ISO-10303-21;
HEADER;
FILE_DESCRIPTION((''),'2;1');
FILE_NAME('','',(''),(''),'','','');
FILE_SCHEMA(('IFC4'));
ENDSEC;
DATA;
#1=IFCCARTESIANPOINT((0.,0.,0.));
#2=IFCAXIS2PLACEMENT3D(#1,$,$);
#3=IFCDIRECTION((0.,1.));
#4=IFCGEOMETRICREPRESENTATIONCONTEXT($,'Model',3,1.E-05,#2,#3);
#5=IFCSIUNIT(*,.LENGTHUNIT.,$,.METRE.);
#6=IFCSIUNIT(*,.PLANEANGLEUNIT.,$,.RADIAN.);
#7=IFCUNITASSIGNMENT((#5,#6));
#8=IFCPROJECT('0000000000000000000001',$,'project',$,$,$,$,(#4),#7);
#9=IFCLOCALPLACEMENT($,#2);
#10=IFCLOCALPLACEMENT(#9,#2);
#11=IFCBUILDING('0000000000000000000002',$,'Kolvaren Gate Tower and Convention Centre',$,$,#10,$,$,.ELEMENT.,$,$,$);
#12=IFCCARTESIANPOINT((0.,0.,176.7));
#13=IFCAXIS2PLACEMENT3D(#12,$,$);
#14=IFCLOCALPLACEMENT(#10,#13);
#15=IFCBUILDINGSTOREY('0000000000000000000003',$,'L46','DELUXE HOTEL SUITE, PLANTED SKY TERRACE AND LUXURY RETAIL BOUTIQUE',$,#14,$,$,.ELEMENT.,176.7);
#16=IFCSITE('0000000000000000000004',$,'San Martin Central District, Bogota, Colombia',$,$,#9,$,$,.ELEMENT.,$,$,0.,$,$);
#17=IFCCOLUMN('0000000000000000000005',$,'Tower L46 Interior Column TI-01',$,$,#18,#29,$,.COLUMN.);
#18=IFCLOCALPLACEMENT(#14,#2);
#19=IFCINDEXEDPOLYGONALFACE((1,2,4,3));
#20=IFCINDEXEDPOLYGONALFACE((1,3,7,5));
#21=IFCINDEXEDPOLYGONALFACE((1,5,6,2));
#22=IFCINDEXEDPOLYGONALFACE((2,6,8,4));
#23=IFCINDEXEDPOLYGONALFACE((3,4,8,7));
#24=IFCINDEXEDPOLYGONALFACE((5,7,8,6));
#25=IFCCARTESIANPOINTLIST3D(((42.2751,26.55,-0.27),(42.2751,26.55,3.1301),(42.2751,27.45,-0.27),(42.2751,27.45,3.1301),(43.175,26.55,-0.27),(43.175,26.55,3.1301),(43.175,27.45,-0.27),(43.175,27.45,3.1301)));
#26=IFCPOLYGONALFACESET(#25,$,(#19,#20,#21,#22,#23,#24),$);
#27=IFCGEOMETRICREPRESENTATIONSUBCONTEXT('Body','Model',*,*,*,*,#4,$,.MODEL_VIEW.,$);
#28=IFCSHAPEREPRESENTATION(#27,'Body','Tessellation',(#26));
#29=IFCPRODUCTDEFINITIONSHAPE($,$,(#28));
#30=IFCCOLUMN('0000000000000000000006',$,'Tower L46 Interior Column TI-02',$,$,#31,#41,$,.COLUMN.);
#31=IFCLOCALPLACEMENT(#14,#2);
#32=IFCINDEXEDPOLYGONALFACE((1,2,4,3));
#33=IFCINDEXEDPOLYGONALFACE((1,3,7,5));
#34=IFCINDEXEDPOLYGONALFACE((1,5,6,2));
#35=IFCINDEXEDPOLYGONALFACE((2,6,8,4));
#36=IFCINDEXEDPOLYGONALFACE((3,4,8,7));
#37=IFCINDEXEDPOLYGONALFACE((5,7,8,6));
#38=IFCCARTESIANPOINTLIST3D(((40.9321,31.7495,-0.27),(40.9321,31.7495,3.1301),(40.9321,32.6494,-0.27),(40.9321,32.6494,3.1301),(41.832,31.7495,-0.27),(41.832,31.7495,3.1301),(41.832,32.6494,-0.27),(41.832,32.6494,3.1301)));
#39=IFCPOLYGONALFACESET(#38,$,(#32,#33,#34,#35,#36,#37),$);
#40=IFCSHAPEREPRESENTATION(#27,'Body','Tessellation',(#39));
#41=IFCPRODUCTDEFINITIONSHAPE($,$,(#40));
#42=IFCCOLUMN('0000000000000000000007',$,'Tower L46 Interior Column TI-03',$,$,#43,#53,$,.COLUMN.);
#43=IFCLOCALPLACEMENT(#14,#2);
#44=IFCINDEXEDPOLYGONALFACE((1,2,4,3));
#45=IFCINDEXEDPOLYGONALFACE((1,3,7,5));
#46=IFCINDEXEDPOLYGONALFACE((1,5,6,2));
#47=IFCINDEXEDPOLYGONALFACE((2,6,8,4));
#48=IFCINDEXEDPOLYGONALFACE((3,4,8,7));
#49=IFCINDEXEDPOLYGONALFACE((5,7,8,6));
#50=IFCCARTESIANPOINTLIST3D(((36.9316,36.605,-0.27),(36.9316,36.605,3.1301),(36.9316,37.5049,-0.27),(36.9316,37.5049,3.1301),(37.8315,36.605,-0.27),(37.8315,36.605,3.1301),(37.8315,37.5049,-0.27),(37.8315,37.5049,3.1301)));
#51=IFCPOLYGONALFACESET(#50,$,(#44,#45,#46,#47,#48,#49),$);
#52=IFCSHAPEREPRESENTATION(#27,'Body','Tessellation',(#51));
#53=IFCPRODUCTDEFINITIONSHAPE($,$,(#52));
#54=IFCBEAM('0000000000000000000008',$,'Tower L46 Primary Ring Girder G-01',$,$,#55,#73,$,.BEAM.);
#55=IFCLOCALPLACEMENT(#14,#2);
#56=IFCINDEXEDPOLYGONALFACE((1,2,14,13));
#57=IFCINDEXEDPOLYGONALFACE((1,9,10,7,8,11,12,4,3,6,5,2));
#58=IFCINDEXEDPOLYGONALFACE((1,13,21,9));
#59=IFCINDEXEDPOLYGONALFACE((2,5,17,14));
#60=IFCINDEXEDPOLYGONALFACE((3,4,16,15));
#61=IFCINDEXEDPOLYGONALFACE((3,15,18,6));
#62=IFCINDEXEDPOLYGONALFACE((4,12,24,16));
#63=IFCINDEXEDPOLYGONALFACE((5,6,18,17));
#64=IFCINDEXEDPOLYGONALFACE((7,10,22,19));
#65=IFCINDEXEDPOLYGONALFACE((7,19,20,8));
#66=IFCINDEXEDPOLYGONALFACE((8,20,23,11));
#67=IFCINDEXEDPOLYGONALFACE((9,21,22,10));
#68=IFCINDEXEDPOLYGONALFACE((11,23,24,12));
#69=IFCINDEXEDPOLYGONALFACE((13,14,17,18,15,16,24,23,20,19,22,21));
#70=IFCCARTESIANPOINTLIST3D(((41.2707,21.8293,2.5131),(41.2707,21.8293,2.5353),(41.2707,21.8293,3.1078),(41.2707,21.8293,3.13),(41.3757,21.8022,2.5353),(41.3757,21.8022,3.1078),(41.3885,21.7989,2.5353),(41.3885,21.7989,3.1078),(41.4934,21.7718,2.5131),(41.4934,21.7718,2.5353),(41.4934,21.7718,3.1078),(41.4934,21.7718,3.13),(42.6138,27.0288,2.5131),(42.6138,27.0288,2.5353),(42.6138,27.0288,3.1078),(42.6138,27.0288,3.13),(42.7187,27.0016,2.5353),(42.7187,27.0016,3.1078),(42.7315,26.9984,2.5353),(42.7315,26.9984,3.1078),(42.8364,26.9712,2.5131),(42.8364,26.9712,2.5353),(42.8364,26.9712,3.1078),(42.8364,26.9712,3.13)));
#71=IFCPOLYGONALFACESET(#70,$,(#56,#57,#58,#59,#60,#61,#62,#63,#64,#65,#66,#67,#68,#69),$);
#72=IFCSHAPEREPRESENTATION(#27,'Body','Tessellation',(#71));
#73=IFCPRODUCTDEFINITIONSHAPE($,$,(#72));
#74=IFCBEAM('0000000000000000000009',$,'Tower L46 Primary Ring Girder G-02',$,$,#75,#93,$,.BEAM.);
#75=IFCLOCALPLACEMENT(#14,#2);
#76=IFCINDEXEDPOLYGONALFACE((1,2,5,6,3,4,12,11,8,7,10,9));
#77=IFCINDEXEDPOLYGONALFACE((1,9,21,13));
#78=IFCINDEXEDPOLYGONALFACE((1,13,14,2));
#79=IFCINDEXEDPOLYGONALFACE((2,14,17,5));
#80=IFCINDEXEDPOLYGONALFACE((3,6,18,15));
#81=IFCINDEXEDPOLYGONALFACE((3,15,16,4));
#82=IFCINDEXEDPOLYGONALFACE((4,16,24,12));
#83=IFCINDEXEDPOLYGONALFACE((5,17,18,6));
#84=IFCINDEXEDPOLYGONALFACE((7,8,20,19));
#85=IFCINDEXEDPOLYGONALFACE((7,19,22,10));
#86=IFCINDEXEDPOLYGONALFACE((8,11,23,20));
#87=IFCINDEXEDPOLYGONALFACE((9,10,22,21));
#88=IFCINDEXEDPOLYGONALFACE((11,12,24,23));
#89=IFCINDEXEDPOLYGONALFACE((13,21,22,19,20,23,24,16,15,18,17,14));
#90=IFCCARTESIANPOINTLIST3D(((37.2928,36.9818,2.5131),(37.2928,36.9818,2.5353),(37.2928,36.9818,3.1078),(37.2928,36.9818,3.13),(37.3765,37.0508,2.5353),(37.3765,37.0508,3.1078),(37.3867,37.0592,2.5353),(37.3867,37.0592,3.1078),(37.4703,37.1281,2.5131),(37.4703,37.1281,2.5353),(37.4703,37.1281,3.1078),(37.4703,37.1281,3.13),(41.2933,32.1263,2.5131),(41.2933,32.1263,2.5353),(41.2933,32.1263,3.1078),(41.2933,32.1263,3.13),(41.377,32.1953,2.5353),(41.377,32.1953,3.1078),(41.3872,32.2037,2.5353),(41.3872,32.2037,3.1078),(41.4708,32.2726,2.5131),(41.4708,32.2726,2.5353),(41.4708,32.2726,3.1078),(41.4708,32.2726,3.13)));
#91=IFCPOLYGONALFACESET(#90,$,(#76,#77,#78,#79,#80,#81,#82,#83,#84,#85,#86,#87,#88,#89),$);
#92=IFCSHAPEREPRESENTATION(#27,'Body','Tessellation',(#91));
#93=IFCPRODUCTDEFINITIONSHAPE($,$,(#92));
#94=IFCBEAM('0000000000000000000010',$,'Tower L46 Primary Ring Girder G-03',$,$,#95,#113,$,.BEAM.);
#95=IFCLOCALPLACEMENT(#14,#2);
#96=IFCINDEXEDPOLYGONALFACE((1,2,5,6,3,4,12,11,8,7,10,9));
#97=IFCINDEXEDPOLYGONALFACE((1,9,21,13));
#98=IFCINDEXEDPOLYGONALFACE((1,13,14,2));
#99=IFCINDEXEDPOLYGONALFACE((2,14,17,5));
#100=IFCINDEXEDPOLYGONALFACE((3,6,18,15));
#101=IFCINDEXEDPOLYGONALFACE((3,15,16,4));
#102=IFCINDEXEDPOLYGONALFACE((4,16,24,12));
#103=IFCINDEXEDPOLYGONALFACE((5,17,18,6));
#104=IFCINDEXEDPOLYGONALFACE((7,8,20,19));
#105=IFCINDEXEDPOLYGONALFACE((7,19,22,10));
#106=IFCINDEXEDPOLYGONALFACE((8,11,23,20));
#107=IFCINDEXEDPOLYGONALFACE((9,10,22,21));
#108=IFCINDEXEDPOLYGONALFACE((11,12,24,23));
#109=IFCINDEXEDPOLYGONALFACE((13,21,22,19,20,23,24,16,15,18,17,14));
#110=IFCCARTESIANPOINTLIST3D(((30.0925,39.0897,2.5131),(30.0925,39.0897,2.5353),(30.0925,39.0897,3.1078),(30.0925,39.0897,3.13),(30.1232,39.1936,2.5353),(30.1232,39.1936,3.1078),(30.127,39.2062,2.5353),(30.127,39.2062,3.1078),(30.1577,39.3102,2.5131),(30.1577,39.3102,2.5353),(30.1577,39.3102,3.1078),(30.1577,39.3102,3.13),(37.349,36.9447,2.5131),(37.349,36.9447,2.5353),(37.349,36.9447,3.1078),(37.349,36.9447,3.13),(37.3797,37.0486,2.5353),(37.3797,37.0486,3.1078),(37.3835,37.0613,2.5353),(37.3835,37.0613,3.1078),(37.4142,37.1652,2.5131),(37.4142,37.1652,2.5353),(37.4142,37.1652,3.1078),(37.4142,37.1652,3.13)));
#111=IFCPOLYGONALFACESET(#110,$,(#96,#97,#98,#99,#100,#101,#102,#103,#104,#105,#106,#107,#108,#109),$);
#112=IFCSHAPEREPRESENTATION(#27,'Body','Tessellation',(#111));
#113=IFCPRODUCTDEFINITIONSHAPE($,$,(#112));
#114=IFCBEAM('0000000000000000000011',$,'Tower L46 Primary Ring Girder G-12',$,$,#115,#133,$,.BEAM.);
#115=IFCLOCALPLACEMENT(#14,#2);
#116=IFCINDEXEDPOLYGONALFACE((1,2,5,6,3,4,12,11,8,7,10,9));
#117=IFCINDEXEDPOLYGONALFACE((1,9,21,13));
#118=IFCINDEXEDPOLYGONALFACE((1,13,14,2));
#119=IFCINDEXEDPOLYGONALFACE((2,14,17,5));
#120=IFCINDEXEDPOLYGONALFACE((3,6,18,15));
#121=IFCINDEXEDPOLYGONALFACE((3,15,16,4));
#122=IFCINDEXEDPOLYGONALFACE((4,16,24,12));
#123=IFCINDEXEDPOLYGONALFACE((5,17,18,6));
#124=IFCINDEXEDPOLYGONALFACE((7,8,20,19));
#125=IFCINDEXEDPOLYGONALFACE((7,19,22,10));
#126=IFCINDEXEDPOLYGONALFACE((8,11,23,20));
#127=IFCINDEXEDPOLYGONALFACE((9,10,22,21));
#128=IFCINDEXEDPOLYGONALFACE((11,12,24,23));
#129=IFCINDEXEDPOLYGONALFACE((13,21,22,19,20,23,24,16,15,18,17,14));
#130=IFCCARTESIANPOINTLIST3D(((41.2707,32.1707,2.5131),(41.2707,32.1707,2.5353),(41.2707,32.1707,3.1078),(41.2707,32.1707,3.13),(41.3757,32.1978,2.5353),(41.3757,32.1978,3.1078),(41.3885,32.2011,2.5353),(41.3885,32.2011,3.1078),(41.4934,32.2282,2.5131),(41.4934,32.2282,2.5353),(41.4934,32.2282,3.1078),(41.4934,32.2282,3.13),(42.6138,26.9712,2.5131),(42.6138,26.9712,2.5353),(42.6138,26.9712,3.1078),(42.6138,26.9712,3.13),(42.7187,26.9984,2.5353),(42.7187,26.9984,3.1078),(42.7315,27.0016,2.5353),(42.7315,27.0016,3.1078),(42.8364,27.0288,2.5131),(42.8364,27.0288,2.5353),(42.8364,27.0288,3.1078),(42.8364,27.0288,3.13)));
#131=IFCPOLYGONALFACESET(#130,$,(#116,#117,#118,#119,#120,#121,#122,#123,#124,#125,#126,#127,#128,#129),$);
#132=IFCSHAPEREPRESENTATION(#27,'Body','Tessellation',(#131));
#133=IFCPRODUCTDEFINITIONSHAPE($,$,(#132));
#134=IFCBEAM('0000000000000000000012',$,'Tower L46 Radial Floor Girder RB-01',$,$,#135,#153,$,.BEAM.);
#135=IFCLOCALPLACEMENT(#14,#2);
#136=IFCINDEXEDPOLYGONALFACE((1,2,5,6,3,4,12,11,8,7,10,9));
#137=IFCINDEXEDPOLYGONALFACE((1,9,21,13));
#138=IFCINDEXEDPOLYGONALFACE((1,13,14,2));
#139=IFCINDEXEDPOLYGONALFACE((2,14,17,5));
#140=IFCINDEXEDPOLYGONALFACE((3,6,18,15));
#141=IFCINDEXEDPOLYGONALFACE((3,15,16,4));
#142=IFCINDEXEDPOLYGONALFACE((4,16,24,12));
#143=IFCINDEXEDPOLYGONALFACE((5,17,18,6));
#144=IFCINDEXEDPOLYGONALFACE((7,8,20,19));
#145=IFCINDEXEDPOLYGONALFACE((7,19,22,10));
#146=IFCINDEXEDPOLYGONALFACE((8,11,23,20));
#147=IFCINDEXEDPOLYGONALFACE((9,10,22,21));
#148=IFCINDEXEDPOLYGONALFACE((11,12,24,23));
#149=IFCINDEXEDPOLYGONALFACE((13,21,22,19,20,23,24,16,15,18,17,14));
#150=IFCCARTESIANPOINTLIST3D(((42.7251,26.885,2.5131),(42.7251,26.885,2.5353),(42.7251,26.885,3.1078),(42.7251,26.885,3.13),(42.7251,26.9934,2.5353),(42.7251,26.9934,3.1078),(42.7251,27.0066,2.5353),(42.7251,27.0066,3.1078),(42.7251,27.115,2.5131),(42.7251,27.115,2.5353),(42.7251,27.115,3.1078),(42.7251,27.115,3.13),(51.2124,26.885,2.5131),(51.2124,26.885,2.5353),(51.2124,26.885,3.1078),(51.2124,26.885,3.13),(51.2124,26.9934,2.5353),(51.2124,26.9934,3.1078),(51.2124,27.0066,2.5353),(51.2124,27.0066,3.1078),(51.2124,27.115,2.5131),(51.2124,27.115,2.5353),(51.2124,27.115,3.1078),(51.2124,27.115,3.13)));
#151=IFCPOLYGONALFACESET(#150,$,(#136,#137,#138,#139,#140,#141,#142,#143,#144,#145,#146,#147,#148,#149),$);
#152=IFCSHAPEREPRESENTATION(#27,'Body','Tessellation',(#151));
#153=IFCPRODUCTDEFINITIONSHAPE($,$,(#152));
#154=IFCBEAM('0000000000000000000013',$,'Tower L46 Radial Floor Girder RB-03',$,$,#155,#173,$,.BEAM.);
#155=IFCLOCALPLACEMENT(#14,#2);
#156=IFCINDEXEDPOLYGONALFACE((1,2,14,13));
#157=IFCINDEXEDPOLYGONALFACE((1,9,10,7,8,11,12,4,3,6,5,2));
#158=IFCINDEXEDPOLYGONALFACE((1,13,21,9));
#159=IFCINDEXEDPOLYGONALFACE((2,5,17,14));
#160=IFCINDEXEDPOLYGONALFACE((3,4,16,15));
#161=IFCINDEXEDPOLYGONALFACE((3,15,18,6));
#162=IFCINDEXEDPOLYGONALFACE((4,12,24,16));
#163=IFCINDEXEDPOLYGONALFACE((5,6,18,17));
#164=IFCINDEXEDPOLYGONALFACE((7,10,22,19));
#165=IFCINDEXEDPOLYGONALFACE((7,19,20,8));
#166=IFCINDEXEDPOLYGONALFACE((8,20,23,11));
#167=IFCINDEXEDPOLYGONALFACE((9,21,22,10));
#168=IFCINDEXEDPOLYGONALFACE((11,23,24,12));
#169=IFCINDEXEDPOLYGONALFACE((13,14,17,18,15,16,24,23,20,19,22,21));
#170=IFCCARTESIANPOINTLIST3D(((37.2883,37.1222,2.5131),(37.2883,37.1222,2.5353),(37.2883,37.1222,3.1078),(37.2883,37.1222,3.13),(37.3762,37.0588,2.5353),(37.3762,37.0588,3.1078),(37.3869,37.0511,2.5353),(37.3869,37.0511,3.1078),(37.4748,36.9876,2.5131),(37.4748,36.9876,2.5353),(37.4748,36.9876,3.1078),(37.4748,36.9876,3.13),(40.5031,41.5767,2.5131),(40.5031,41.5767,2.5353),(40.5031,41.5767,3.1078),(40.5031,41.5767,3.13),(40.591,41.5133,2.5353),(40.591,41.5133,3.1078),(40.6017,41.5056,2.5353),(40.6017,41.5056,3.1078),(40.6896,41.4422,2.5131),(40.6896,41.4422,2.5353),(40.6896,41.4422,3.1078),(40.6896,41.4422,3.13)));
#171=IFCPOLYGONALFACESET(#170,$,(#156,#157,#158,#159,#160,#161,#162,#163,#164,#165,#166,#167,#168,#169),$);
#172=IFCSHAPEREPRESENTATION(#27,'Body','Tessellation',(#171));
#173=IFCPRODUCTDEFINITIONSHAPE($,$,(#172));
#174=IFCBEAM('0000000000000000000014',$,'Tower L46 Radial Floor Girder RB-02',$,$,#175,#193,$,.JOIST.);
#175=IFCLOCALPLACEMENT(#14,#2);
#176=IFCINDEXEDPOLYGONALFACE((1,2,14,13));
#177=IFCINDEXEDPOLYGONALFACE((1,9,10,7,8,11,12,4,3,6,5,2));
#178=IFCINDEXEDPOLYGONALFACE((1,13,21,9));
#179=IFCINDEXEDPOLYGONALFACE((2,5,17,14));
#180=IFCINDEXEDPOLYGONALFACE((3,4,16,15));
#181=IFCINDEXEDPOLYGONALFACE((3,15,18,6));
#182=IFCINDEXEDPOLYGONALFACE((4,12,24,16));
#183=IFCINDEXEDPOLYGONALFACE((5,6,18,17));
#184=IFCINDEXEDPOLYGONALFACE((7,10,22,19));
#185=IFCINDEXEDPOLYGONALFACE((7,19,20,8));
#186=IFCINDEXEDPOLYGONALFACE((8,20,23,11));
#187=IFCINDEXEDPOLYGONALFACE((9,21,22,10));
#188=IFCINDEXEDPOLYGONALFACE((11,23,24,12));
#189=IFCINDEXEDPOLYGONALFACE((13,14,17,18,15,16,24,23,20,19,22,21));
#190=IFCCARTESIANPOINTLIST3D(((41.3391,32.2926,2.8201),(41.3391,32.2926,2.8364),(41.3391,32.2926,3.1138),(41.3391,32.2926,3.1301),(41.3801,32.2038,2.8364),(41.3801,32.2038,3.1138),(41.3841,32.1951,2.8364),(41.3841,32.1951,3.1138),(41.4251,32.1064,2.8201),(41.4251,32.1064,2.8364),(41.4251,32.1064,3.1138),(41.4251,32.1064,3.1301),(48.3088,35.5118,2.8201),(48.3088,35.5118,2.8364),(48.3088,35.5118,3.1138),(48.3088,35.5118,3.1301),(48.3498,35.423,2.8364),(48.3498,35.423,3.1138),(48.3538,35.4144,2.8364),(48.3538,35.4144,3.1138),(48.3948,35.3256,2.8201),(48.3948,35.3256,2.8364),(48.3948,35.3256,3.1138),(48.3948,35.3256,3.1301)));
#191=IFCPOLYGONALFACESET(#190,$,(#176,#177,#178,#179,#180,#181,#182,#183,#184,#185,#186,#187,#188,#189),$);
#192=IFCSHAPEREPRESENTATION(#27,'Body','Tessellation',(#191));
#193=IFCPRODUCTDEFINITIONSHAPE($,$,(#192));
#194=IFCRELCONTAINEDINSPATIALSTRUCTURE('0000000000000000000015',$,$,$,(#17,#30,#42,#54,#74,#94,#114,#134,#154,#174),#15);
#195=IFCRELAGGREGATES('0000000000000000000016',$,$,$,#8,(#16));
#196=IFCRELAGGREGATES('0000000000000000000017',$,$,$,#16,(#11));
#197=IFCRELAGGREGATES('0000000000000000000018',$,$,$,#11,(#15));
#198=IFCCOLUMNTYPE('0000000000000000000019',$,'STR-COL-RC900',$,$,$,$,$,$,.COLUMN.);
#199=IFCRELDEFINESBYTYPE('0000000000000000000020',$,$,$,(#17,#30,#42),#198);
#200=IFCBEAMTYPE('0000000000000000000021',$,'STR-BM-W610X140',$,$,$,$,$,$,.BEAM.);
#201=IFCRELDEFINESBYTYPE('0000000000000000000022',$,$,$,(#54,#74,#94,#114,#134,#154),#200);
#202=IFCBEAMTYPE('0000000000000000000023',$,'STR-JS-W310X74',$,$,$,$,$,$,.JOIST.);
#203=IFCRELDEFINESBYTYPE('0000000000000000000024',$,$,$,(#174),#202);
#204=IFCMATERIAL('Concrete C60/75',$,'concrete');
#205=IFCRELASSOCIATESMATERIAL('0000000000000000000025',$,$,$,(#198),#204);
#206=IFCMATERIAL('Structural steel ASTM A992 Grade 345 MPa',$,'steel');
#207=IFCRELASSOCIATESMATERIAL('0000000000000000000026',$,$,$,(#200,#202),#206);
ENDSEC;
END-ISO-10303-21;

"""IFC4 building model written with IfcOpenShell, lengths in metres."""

from ifc_helpers import new_model, si_unit, direction, frame, origin, origin_2d, place, context, subcontext, project, spatial, rectangle, i_section, extrude, material, material_profile, profile_set, type_object, element, save


model = new_model("IFC4")

# Units and contexts
model_context = context("Model", 3, precision=1e-05, world=origin(), true_north=direction((0.0, 1.0)))
body_context = subcontext(model_context, "Body", "Model", "MODEL_VIEW")
ifc_project = project(units=[si_unit("LENGTHUNIT", "METRE"), si_unit("PLANEANGLEUNIT", "RADIAN")], contexts=[model_context])

# Site, building, storey
site_placement = place(None, origin())
site = spatial("IfcSite", under=ifc_project, at=site_placement, Name="San Martin Central District, Bogota, Colombia", CompositionType="ELEMENT", RefElevation=0.0)
building_placement = place(site_placement, origin())
building = spatial("IfcBuilding", under=site, at=building_placement, Name="Kolvaren Gate Tower and Convention Centre", CompositionType="ELEMENT")
storey_placement = place(building_placement, frame((0.0, 0.0, 176.7)))
storey = spatial("IfcBuildingStorey", under=building, at=storey_placement, Name="L46", Description="DELUXE HOTEL SUITE, PLANTED SKY TERRACE AND LUXURY RETAIL BOUTIQUE", CompositionType="ELEMENT", Elevation=176.7)

# Columns
ifc_material_1 = material(Name="Concrete C60/75", Category="concrete")
ifc_material_profile_1 = material_profile(ifc_material_1, rectangle(XDim=0.8999, YDim=0.8999, at=origin_2d()), Name="RC-COL-900X900")
ifc_profile_set_1 = profile_set([ifc_material_profile_1], Name="Concrete C60/75")
column_type = type_object("IfcColumnType", Name="STR-COL-RC900", PredefinedType="COLUMN", material=ifc_profile_set_1)
for number, where, z_axis, x_axis, name in (
    (1, (42.7251, 27.0, -0.27), (0.0, 0.0, 1.0), (1.0, 0.0, 0.0), "Tower L46 Interior Column TI-01"),
    (2, (41.3821, 32.1995, -0.27), (0.0, 0.0, 1.0), (1.0, 0.0, 0.0), "Tower L46 Interior Column TI-02"),
    (3, (37.3816, 37.0549, -0.27), (0.0, 0.0, 1.0), (1.0, 0.0, 0.0), "Tower L46 Interior Column TI-03"),
):
    element("IfcColumn", number, at=place(storey_placement, frame(where, z_axis=z_axis, x_axis=x_axis)), inside=storey, type_object=column_type, Name=name, PredefinedType="COLUMN", context=body_context, shape_type="SweptSolid", body=[
        extrude(rectangle(XDim=0.8999, YDim=0.8999, at=origin_2d()), origin(), (0.0, 0.0, 1.0), 3.4001),
    ])

# Beams
ifc_material_2 = material(Name="Structural steel ASTM A992 Grade 345 MPa", Category="steel")
ifc_material_profile_2 = material_profile(ifc_material_2, i_section(OverallWidth=0.23, OverallDepth=0.6169, WebThickness=0.0132, FlangeThickness=0.0222, at=origin_2d()), Name="W610X140")
ifc_profile_set_2 = profile_set([ifc_material_profile_2], Name="Structural steel ASTM A992 Grade 345 MPa")
beam_type_1 = type_object("IfcBeamType", Name="STR-BM-W610X140", PredefinedType="BEAM", material=ifc_profile_set_2)
beam_1_placement = place(storey_placement, frame((42.7251, 27.0, 2.8215), z_axis=(-0.250091, -0.968222, 0.0), x_axis=(0.968222, -0.250091, 0.0)))
element("IfcBeam", 4, at=beam_1_placement, inside=storey, type_object=beam_type_1, Name="Tower L46 Primary Ring Girder G-01", PredefinedType="BEAM", context=body_context, shape_type="SweptSolid", body=[
    extrude(i_section(OverallWidth=0.23, OverallDepth=0.6169, WebThickness=0.0132, FlangeThickness=0.0222, at=origin_2d()), origin(), (0.0, 0.0, 1.0), 5.3701),
])
beam_2_placement = place(storey_placement, frame((41.3821, 32.1995, 2.8215), z_axis=(-0.635884, 0.771785, 0.0), x_axis=(-0.771785, -0.635884, 0.0)))
element("IfcBeam", 5, at=beam_2_placement, inside=storey, type_object=beam_type_1, Name="Tower L46 Primary Ring Girder G-02", PredefinedType="BEAM", context=body_context, shape_type="SweptSolid", body=[
    extrude(i_section(OverallWidth=0.23, OverallDepth=0.6169, WebThickness=0.0132, FlangeThickness=0.0222, at=origin_2d()), origin(), (0.0, 0.0, 1.0), 6.2913),
])
beam_3_placement = place(storey_placement, frame((37.3816, 37.0549, 2.8215), z_axis=(-0.958981, 0.283471, 0.0), x_axis=(-0.283471, -0.958981, 0.0)))
element("IfcBeam", 6, at=beam_3_placement, inside=storey, type_object=beam_type_1, Name="Tower L46 Primary Ring Girder G-03", PredefinedType="BEAM", context=body_context, shape_type="SweptSolid", body=[
    extrude(i_section(OverallWidth=0.23, OverallDepth=0.6169, WebThickness=0.0132, FlangeThickness=0.0222, at=origin_2d()), origin(), (0.0, 0.0, 1.0), 7.5669),
])
beam_4_placement = place(storey_placement, frame((42.7251, 27.0, 2.8215), z_axis=(-0.250091, 0.968222, 0.0), x_axis=(-0.968222, -0.250091, 0.0)))
element("IfcBeam", 7, at=beam_4_placement, inside=storey, type_object=beam_type_1, Name="Tower L46 Primary Ring Girder G-12", PredefinedType="BEAM", context=body_context, shape_type="SweptSolid", body=[
    extrude(i_section(OverallWidth=0.23, OverallDepth=0.6169, WebThickness=0.0132, FlangeThickness=0.0222, at=origin_2d()), origin(), (0.0, 0.0, 1.0), 5.3701),
])
beam_5_placement = place(storey_placement, frame((42.7251, 27.0, 2.8215), z_axis=(1.0, 0.0, 0.0), x_axis=(0.0, 1.0, 0.0)))
element("IfcBeam", 8, at=beam_5_placement, inside=storey, type_object=beam_type_1, Name="Tower L46 Radial Floor Girder RB-01", PredefinedType="BEAM", context=body_context, shape_type="SweptSolid", body=[
    extrude(i_section(OverallWidth=0.23, OverallDepth=0.6169, WebThickness=0.0132, FlangeThickness=0.0222, at=origin_2d()), origin(), (0.0, 0.0, 1.0), 8.4873),
])
beam_6_placement = place(storey_placement, frame((37.3816, 37.0549, 2.8215), z_axis=(0.585208, 0.810883, 0.0), x_axis=(-0.810883, 0.585208, 0.0)))
element("IfcBeam", 9, at=beam_6_placement, inside=storey, type_object=beam_type_1, Name="Tower L46 Radial Floor Girder RB-03", PredefinedType="BEAM", context=body_context, shape_type="SweptSolid", body=[
    extrude(i_section(OverallWidth=0.23, OverallDepth=0.6169, WebThickness=0.0132, FlangeThickness=0.0222, at=origin_2d()), origin(), (0.0, 0.0, 1.0), 5.4934),
])
ifc_material_profile_3 = material_profile(ifc_material_2, i_section(OverallWidth=0.2051, OverallDepth=0.3101, WebThickness=0.0095, FlangeThickness=0.0164, at=origin_2d()), Name="W310X74")
ifc_profile_set_3 = profile_set([ifc_material_profile_3], Name="Structural steel ASTM A992 Grade 345 MPa")
beam_type_2 = type_object("IfcBeamType", Name="STR-JS-W310X74", PredefinedType="JOIST", material=ifc_profile_set_3)
beam_7_placement = place(storey_placement, frame((41.3821, 32.1995, 2.9751), z_axis=(0.907838, 0.41932, 0.0), x_axis=(-0.41932, 0.907838, 0.0)))
element("IfcBeam", 10, at=beam_7_placement, inside=storey, type_object=beam_type_2, Name="Tower L46 Radial Floor Girder RB-02", PredefinedType="JOIST", context=body_context, shape_type="SweptSolid", body=[
    extrude(i_section(OverallWidth=0.2051, OverallDepth=0.3101, WebThickness=0.0095, FlangeThickness=0.0164, at=origin_2d()), origin(), (0.0, 0.0, 1.0), 7.6772),
])

save(model, "model.ifc")
